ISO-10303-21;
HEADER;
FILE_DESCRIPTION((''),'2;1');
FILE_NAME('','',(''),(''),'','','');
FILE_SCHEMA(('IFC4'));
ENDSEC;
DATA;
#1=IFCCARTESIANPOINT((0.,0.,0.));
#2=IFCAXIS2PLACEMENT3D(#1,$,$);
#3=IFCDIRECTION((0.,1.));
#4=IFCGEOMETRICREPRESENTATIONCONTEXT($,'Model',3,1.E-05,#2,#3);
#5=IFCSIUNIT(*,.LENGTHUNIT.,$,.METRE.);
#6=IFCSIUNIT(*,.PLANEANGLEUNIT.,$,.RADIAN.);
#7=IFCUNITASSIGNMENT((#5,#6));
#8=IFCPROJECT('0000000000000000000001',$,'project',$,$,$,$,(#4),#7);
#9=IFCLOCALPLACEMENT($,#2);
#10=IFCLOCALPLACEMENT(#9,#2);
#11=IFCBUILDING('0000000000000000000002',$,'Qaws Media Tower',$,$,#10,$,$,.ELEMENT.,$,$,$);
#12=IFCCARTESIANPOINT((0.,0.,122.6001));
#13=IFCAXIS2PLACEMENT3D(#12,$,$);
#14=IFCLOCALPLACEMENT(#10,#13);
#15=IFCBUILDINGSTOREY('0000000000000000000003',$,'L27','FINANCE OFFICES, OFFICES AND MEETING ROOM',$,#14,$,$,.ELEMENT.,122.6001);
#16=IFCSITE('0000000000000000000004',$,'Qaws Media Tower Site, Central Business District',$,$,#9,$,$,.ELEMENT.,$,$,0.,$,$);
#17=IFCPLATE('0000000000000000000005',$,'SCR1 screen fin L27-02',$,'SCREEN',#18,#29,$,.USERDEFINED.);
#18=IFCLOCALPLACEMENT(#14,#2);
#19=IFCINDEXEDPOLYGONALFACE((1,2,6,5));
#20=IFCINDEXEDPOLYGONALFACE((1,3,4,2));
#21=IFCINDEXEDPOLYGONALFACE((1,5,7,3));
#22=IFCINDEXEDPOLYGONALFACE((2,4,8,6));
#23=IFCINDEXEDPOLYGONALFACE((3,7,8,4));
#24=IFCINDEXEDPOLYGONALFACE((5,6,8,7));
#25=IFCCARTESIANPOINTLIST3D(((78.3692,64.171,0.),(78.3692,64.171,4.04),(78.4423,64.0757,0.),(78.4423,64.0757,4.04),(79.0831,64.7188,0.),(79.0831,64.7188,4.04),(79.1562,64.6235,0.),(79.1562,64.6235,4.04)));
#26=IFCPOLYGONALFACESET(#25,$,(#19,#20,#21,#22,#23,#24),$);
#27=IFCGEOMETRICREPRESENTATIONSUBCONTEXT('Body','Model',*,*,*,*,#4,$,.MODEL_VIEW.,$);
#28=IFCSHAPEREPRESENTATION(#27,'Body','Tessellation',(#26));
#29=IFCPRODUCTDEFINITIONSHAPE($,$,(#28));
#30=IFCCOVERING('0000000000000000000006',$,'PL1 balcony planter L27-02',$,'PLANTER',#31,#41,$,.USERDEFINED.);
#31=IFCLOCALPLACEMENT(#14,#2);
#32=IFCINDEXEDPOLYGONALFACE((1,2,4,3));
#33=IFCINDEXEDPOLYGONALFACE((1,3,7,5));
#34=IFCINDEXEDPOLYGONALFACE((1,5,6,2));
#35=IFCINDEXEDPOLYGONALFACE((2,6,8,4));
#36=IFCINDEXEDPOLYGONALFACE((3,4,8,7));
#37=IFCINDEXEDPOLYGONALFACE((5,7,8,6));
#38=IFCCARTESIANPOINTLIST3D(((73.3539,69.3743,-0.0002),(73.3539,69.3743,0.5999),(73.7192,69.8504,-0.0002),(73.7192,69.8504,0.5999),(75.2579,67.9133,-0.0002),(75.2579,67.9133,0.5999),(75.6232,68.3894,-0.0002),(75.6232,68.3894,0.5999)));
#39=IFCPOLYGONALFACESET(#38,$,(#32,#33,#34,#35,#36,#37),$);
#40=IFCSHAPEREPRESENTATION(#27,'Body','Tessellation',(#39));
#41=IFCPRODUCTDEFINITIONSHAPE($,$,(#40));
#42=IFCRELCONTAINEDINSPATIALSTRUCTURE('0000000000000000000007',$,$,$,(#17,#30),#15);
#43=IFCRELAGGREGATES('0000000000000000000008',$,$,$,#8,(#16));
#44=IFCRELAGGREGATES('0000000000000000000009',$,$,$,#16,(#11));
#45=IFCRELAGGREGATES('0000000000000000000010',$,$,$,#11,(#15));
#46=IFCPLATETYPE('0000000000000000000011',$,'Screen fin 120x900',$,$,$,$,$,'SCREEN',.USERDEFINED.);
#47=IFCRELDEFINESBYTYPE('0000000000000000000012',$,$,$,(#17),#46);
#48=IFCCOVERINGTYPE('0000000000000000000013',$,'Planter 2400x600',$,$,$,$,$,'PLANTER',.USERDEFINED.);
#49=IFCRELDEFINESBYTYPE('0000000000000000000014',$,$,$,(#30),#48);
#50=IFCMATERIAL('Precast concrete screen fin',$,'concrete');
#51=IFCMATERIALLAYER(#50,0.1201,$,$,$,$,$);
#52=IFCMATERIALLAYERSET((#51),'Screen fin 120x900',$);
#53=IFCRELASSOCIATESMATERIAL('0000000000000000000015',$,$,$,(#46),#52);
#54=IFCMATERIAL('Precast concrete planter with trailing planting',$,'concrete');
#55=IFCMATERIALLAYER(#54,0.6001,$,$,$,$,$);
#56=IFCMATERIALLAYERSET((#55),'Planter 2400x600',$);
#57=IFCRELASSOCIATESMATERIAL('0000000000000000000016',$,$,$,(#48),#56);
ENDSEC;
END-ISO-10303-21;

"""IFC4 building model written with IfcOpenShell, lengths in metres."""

from ifc_helpers import new_model, si_unit, direction, frame, origin, origin_2d, place, context, subcontext, project, spatial, rectangle, extrude, material, layer, layer_set, type_object, element, save


model = new_model("IFC4")

# Units and contexts
model_context = context("Model", 3, precision=1e-05, world=origin(), true_north=direction((0.0, 1.0)))
body_context = subcontext(model_context, "Body", "Model", "MODEL_VIEW")
ifc_project = project(units=[si_unit("LENGTHUNIT", "METRE"), si_unit("PLANEANGLEUNIT", "RADIAN")], contexts=[model_context])

# Site, building, storey
site_placement = place(None, origin())
site = spatial("IfcSite", under=ifc_project, at=site_placement, Name="Qaws Media Tower Site, Central Business District", CompositionType="ELEMENT", RefElevation=0.0)
building_placement = place(site_placement, origin())
building = spatial("IfcBuilding", under=site, at=building_placement, Name="Qaws Media Tower", CompositionType="ELEMENT")
storey_placement = place(building_placement, frame((0.0, 0.0, 122.6001)))
storey = spatial("IfcBuildingStorey", under=building, at=storey_placement, Name="L27", Description="FINANCE OFFICES, OFFICES AND MEETING ROOM", CompositionType="ELEMENT", Elevation=122.6001)

# Plate
ifc_material_1 = material(Name="Precast concrete screen fin", Category="concrete")
ifc_layer_1 = layer(ifc_material_1, 0.1201)
ifc_layer_set_1 = layer_set([ifc_layer_1], Name="Screen fin 120x900")
plate_type_1 = type_object("IfcPlateType", Name="Screen fin 120x900", ElementType="SCREEN", PredefinedType="USERDEFINED", material=ifc_layer_set_1)
plate_1_placement = place(storey_placement, frame((78.7627, 64.3972, 0.0), z_axis=(0.0, 0.0, 1.0), x_axis=(0.793353, 0.608761, 0.0)))
element("IfcPlate", 1, at=plate_1_placement, inside=storey, type_object=plate_type_1, Name="SCR1 screen fin L27-02", ObjectType="SCREEN", PredefinedType="USERDEFINED", context=body_context, shape_type="SweptSolid", body=[
    extrude(rectangle(XDim=0.8999, YDim=0.1201, at=origin_2d()), origin(), (0.0, 0.0, 1.0), 4.04),
])

# Covering
ifc_material_2 = material(Name="Precast concrete planter with trailing planting", Category="concrete")
ifc_layer_2 = layer(ifc_material_2, 0.6001)
ifc_layer_set_2 = layer_set([ifc_layer_2], Name="Planter 2400x600")
covering_type = type_object("IfcCoveringType", Name="Planter 2400x600", ElementType="PLANTER", PredefinedType="USERDEFINED", material=ifc_layer_set_2)
covering_placement = place(storey_placement, frame((74.4885, 68.8818, -0.0002), z_axis=(0.0, 0.0, 1.0), x_axis=(-0.793353, 0.608761, 0.0)))
element("IfcCovering", 2, at=covering_placement, inside=storey, type_object=covering_type, Name="PL1 balcony planter L27-02", ObjectType="PLANTER", PredefinedType="USERDEFINED", context=body_context, shape_type="SweptSolid", body=[
    extrude(rectangle(XDim=2.3999, YDim=0.6001, at=origin_2d()), origin(), (0.0, 0.0, 1.0), 0.6001),
])

save(model, "model.ifc")
